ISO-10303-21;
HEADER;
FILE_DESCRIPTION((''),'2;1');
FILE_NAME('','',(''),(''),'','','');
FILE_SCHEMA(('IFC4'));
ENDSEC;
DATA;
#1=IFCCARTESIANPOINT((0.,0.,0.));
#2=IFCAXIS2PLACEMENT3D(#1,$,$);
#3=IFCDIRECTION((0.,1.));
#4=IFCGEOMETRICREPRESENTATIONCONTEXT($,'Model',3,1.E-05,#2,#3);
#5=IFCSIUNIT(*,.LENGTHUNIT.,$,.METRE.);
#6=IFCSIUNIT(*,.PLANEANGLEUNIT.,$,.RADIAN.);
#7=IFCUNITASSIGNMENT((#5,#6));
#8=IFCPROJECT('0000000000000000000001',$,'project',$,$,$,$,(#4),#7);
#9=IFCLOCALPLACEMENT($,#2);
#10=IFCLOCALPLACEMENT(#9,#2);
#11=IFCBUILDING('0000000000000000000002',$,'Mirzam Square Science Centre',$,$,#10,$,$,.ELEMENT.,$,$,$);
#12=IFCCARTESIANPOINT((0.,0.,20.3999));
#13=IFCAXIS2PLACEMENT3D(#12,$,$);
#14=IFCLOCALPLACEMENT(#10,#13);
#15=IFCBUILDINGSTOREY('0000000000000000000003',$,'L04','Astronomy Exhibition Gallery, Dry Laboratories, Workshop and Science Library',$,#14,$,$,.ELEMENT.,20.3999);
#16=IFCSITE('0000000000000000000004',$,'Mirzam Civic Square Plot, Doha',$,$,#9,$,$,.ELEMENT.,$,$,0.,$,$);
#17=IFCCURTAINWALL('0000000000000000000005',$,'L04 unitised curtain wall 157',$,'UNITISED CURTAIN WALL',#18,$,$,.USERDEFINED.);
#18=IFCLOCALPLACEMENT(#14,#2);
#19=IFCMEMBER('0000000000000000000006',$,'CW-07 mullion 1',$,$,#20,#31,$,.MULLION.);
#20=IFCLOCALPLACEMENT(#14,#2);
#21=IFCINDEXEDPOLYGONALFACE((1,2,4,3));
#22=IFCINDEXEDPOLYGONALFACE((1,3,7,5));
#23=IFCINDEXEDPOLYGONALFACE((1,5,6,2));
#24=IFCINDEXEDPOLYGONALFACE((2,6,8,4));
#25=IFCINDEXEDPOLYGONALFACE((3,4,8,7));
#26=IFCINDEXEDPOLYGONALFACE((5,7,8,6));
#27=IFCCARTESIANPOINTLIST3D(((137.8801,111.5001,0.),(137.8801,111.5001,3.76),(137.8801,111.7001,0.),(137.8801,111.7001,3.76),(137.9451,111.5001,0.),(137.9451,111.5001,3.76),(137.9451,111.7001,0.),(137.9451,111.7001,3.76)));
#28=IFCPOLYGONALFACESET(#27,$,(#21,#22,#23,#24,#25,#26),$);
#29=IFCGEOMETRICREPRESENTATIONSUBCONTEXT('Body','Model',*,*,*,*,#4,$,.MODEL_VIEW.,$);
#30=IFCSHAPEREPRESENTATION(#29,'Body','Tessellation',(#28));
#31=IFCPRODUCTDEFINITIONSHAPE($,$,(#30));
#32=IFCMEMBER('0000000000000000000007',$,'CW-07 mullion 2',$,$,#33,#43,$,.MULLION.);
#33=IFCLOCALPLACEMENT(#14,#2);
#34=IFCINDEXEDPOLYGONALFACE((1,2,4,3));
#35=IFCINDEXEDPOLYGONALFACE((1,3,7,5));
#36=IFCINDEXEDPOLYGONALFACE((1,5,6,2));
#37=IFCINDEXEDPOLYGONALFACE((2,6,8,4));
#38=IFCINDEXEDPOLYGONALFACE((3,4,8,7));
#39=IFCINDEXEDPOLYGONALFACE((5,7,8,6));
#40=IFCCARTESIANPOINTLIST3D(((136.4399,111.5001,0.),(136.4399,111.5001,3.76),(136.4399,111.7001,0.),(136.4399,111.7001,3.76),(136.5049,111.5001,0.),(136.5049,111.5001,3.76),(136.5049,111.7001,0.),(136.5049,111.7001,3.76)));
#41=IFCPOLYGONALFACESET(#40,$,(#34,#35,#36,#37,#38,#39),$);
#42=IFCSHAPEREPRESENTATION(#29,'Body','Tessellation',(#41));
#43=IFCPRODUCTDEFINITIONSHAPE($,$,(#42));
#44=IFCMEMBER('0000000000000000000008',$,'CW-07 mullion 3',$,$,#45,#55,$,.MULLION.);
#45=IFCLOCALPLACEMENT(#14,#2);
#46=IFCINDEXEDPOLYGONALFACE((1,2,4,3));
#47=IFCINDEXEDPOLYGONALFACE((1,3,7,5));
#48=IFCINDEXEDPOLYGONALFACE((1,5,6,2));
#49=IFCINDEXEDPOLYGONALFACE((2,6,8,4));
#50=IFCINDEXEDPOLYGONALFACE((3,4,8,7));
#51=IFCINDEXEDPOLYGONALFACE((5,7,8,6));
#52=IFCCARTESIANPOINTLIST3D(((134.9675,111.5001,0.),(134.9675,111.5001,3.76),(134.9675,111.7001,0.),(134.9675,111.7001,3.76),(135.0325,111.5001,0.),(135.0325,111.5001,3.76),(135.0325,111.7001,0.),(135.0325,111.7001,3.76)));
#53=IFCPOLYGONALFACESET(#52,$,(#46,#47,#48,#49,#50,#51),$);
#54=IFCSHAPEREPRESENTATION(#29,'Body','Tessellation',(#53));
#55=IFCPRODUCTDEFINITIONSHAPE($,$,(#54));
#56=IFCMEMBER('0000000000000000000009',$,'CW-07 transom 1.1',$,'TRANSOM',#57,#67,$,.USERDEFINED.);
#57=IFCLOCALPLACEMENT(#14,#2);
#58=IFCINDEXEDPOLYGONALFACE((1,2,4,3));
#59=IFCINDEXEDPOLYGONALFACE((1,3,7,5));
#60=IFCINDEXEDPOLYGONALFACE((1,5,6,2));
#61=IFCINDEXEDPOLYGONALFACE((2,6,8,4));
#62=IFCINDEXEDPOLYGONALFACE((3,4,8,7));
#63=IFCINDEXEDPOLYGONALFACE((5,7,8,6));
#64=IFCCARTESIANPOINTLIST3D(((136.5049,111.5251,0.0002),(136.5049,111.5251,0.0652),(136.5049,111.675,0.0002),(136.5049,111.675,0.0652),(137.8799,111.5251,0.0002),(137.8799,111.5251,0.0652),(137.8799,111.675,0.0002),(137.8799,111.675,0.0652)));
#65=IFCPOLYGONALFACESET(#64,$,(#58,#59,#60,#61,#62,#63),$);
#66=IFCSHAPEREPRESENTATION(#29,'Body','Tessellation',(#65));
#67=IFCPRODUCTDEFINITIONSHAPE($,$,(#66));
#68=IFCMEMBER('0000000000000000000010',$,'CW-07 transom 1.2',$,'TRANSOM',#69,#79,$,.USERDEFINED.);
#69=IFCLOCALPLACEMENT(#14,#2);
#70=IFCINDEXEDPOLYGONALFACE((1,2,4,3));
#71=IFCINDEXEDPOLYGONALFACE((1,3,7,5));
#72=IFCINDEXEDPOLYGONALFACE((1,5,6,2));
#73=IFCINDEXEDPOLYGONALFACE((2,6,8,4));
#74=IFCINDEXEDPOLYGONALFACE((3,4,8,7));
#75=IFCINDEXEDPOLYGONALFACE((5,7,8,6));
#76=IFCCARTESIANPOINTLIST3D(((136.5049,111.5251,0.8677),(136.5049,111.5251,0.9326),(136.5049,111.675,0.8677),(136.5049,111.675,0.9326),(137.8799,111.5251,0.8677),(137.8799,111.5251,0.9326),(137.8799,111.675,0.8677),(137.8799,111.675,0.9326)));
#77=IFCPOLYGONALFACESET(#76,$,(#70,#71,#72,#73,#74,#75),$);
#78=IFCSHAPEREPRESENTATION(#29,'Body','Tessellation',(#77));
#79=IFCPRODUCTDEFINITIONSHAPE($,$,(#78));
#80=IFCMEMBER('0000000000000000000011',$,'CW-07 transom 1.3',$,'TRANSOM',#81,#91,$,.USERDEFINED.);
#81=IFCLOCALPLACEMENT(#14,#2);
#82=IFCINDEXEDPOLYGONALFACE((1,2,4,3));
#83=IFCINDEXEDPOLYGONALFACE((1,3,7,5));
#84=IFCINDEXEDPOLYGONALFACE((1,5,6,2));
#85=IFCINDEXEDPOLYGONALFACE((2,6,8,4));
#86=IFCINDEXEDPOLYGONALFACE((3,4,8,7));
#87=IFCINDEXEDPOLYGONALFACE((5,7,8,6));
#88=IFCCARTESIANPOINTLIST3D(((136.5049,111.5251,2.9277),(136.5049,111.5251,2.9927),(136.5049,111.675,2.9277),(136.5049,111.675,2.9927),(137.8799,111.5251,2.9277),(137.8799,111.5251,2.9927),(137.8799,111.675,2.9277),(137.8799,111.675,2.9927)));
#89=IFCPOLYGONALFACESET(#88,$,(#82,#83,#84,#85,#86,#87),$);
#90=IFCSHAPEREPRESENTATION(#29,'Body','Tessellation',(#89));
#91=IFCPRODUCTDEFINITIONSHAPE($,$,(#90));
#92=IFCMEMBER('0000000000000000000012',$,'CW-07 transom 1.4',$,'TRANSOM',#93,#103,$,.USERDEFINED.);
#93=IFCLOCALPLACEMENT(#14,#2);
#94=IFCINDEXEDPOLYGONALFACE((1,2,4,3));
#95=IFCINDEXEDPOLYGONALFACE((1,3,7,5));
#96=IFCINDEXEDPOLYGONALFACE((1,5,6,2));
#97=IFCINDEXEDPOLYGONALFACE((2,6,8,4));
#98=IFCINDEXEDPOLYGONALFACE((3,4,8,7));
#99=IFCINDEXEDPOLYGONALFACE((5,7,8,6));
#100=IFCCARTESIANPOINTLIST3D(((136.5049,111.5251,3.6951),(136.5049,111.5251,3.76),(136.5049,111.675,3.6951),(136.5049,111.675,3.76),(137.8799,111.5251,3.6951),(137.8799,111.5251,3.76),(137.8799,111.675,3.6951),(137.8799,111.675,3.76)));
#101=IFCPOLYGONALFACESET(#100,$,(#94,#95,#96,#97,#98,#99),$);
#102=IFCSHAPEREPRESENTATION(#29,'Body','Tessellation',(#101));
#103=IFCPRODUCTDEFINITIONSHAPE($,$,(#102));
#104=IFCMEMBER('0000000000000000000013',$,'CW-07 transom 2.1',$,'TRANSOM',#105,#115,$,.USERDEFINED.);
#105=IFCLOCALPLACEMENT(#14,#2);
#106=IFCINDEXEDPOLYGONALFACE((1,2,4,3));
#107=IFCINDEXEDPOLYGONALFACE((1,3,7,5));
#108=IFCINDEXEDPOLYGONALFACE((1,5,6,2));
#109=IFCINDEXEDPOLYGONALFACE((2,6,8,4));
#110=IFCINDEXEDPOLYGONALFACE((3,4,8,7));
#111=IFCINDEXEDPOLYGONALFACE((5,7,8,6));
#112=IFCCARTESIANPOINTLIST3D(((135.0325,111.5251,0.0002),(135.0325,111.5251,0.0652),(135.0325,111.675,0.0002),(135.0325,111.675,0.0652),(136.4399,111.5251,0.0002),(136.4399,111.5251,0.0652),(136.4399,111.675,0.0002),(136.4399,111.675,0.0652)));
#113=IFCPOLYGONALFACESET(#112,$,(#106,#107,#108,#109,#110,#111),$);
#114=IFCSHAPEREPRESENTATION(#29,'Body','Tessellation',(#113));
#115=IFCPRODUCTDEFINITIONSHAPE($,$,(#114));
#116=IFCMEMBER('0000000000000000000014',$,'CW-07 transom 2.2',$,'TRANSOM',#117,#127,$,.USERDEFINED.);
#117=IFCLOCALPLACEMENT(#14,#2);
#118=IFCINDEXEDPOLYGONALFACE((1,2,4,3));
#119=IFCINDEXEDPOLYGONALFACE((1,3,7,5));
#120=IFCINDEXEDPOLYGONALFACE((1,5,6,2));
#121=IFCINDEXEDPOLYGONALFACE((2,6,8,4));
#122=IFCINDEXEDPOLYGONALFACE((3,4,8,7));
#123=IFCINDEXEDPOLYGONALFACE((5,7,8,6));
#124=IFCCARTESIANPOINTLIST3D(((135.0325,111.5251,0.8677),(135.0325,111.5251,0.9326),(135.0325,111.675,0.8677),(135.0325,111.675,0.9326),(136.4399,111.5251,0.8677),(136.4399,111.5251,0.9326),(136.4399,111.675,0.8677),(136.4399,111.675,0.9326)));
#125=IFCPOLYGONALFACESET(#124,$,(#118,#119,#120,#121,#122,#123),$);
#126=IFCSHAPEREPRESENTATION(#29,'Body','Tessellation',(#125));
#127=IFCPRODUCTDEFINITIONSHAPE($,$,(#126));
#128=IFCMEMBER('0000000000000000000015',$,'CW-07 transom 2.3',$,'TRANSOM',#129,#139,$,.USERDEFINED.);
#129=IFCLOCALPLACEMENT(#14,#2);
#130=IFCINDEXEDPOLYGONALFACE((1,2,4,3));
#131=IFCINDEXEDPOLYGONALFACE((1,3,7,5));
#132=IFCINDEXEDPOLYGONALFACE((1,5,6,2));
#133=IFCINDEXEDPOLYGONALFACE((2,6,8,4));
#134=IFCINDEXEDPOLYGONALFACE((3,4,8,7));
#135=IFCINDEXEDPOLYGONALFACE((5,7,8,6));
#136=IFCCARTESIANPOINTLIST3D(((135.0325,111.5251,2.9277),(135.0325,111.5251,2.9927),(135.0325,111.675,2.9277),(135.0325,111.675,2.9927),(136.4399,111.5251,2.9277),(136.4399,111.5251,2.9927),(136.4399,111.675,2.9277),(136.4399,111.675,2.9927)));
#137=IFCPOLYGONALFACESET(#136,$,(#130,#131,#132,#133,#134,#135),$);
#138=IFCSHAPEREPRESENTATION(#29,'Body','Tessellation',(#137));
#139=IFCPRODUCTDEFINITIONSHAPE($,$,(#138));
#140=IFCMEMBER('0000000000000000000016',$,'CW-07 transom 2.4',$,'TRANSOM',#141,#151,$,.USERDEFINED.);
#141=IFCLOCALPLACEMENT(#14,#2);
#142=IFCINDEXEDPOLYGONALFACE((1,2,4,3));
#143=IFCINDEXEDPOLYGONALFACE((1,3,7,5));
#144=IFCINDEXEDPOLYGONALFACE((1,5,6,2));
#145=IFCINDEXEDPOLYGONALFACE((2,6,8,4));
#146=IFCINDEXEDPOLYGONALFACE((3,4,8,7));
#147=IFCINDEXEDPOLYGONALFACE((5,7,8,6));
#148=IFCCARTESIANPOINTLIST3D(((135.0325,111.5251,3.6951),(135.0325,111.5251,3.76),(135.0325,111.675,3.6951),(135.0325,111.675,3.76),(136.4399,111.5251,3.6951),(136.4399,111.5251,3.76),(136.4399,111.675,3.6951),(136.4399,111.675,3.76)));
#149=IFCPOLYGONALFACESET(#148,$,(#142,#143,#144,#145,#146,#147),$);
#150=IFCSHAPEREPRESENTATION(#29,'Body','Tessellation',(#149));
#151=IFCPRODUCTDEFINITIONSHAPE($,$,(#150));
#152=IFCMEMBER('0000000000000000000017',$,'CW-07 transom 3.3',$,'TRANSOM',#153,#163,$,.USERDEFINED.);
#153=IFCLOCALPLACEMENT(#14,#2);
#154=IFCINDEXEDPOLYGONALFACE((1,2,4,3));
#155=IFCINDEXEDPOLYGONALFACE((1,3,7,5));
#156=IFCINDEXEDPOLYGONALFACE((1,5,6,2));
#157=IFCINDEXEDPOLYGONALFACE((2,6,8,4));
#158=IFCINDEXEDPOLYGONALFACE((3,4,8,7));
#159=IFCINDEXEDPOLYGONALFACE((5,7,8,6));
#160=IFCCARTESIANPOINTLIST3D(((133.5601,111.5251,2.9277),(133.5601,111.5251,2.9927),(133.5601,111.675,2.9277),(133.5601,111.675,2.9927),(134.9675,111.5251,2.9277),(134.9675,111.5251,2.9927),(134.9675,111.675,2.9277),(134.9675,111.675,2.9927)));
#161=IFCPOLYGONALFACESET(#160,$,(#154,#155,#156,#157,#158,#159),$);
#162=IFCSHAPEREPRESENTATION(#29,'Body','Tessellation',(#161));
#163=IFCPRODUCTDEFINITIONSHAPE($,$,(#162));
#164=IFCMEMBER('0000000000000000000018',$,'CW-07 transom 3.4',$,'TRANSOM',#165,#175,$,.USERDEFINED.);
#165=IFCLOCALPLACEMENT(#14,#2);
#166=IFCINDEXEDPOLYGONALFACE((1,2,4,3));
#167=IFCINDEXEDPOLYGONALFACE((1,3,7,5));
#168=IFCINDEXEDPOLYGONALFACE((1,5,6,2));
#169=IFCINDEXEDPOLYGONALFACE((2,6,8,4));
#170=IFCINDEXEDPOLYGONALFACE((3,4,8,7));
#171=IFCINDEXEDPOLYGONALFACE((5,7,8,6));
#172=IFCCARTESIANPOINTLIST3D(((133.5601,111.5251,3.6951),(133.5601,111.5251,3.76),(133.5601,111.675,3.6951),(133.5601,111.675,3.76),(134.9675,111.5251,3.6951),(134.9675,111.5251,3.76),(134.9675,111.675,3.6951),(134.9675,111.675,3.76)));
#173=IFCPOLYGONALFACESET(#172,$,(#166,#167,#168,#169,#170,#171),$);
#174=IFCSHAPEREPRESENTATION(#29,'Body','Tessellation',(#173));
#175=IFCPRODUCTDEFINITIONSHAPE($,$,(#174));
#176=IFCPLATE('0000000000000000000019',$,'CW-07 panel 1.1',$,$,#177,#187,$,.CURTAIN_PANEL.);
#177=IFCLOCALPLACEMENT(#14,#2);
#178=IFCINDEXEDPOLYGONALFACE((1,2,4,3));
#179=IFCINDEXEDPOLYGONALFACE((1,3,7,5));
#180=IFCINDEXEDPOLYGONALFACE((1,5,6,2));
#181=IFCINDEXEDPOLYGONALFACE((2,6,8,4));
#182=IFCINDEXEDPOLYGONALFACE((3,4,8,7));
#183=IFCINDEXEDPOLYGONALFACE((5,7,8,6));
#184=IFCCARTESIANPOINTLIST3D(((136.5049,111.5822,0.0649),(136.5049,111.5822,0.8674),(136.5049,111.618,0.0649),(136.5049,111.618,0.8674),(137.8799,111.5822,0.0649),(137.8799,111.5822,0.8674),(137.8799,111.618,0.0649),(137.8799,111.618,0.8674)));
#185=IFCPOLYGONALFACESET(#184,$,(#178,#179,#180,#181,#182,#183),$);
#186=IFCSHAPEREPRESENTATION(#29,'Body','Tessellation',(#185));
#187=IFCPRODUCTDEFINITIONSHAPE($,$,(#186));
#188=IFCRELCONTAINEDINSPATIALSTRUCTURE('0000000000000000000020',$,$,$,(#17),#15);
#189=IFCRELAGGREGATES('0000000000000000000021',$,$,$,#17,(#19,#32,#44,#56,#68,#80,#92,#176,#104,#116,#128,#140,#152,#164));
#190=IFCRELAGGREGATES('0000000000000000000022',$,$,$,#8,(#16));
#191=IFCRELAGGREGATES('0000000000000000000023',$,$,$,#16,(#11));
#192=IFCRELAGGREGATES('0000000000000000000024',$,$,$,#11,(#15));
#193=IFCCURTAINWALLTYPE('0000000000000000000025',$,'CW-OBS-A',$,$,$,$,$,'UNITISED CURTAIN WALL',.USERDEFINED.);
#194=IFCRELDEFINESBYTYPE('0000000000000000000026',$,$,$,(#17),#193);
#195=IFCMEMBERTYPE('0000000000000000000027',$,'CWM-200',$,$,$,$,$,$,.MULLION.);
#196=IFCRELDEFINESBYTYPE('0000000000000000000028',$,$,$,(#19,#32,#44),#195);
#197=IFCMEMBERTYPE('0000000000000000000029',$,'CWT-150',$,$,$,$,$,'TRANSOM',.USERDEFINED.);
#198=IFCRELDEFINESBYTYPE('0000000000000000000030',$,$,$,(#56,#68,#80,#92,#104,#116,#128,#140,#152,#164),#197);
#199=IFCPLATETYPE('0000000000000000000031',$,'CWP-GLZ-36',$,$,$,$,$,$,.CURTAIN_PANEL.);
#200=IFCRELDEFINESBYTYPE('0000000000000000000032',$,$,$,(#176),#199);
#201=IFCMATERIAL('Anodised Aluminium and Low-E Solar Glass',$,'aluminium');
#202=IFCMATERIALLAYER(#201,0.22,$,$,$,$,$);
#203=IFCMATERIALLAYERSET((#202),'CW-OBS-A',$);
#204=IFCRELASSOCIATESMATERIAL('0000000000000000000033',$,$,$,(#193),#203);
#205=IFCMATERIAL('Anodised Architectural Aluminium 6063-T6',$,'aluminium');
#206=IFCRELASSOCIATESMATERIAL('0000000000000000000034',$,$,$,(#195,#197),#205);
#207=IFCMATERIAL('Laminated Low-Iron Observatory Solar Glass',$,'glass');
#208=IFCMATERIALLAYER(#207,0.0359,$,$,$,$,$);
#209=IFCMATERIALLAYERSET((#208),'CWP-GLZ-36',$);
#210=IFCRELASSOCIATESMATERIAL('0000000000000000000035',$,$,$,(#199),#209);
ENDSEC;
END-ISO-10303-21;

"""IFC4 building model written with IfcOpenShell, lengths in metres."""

from ifc_helpers import new_model, si_unit, direction, frame, origin, origin_2d, place, context, subcontext, project, spatial, rectangle, extrude, material, layer, layer_set, material_profile, profile_set, type_object, element, aggregate, save


model = new_model("IFC4")

# Units and contexts
model_context = context("Model", 3, precision=1e-05, world=origin(), true_north=direction((0.0, 1.0)))
body_context = subcontext(model_context, "Body", "Model", "MODEL_VIEW")
ifc_project = project(units=[si_unit("LENGTHUNIT", "METRE"), si_unit("PLANEANGLEUNIT", "RADIAN")], contexts=[model_context])

# Site, building, storey
site_placement = place(None, origin())
site = spatial("IfcSite", under=ifc_project, at=site_placement, Name="Mirzam Civic Square Plot, Doha", CompositionType="ELEMENT", RefElevation=0.0)
building_placement = place(site_placement, origin())
building = spatial("IfcBuilding", under=site, at=building_placement, Name="Mirzam Square Science Centre", CompositionType="ELEMENT")
storey_placement = place(building_placement, frame((0.0, 0.0, 20.3999)))
storey = spatial("IfcBuildingStorey", under=building, at=storey_placement, Name="L04", Description="Astronomy Exhibition Gallery, Dry Laboratories, Workshop and Science Library", CompositionType="ELEMENT", Elevation=20.3999)

# Curtain wall, members, plate
ifc_material_1 = material(Name="Anodised Aluminium and Low-E Solar Glass", Category="aluminium")
ifc_layer_1 = layer(ifc_material_1, 0.22)
ifc_layer_set_1 = layer_set([ifc_layer_1], Name="CW-OBS-A")
curtain_wall_type = type_object("IfcCurtainWallType", Name="CW-OBS-A", ElementType="UNITISED CURTAIN WALL", PredefinedType="USERDEFINED", material=ifc_layer_set_1)
curtain_wall_placement = place(storey_placement, origin())
curtain_wall = element("IfcCurtainWall", 1, at=curtain_wall_placement, inside=storey, type_object=curtain_wall_type, Name="L04 unitised curtain wall 157", ObjectType="UNITISED CURTAIN WALL", PredefinedType="USERDEFINED")
ifc_material_2 = material(Name="Anodised Architectural Aluminium 6063-T6", Category="aluminium")
ifc_material_profile_1 = material_profile(ifc_material_2, rectangle(XDim=0.0649, YDim=0.2, at=origin_2d()), Name="ALU-MULL-200x65x5")
ifc_profile_set_1 = profile_set([ifc_material_profile_1], Name="Anodised Architectural Aluminium 6063-T6")
member_type_1 = type_object("IfcMemberType", Name="CWM-200", PredefinedType="MULLION", material=ifc_profile_set_1)
member_1_placement = place(storey_placement, frame((137.9126, 111.6001, 0.0), z_axis=(0.0, 0.0, 1.0), x_axis=(-1.0, 0.0, 0.0)))
member_1 = element("IfcMember", 2, at=member_1_placement, type_object=member_type_1, Name="CW-07 mullion 1", PredefinedType="MULLION", context=body_context, shape_type="SweptSolid", body=[
    extrude(rectangle(XDim=0.0649, YDim=0.2, at=origin_2d()), origin(), (0.0, 0.0, 1.0), 3.76),
])
member_2_placement = place(storey_placement, frame((136.4724, 111.6001, 0.0), z_axis=(0.0, 0.0, 1.0), x_axis=(-1.0, 0.0, 0.0)))
member_2 = element("IfcMember", 3, at=member_2_placement, type_object=member_type_1, Name="CW-07 mullion 2", PredefinedType="MULLION", context=body_context, shape_type="SweptSolid", body=[
    extrude(rectangle(XDim=0.0649, YDim=0.2, at=origin_2d()), origin(), (0.0, 0.0, 1.0), 3.76),
])
member_3_placement = place(storey_placement, frame((135.0, 111.6001, 0.0), z_axis=(0.0, 0.0, 1.0), x_axis=(-1.0, 0.0, 0.0)))
member_3 = element("IfcMember", 4, at=member_3_placement, type_object=member_type_1, Name="CW-07 mullion 3", PredefinedType="MULLION", context=body_context, shape_type="SweptSolid", body=[
    extrude(rectangle(XDim=0.0649, YDim=0.2, at=origin_2d()), origin(), (0.0, 0.0, 1.0), 3.76),
])
ifc_material_profile_2 = material_profile(ifc_material_2, rectangle(XDim=0.1499, YDim=0.0649, at=origin_2d()), Name="ALU-TRAN-150x65x4")
ifc_profile_set_2 = profile_set([ifc_material_profile_2], Name="Anodised Architectural Aluminium 6063-T6")
member_type_2 = type_object("IfcMemberType", Name="CWT-150", ElementType="TRANSOM", PredefinedType="USERDEFINED", material=ifc_profile_set_2)
member_4_placement = place(storey_placement, frame((137.8799, 111.6001, 0.0327), z_axis=(-1.0, 0.0, 0.0), x_axis=(0.0, -1.0, 0.0)))
member_4 = element("IfcMember", 5, at=member_4_placement, type_object=member_type_2, Name="CW-07 transom 1.1", ObjectType="TRANSOM", PredefinedType="USERDEFINED", context=body_context, shape_type="SweptSolid", body=[
    extrude(rectangle(XDim=0.1499, YDim=0.0649, at=origin_2d()), origin(), (0.0, 0.0, 1.0), 1.375),
])
member_5_placement = place(storey_placement, frame((137.8799, 111.6001, 0.9001), z_axis=(-1.0, 0.0, 0.0), x_axis=(0.0, -1.0, 0.0)))
member_5 = element("IfcMember", 6, at=member_5_placement, type_object=member_type_2, Name="CW-07 transom 1.2", ObjectType="TRANSOM", PredefinedType="USERDEFINED", context=body_context, shape_type="SweptSolid", body=[
    extrude(rectangle(XDim=0.1499, YDim=0.0649, at=origin_2d()), origin(), (0.0, 0.0, 1.0), 1.375),
])
member_6_placement = place(storey_placement, frame((137.8799, 111.6001, 2.9602), z_axis=(-1.0, 0.0, 0.0), x_axis=(0.0, -1.0, 0.0)))
member_6 = element("IfcMember", 7, at=member_6_placement, type_object=member_type_2, Name="CW-07 transom 1.3", ObjectType="TRANSOM", PredefinedType="USERDEFINED", context=body_context, shape_type="SweptSolid", body=[
    extrude(rectangle(XDim=0.1499, YDim=0.0649, at=origin_2d()), origin(), (0.0, 0.0, 1.0), 1.375),
])
member_7_placement = place(storey_placement, frame((137.8799, 111.6001, 3.7275), z_axis=(-1.0, 0.0, 0.0), x_axis=(0.0, -1.0, 0.0)))
member_7 = element("IfcMember", 8, at=member_7_placement, type_object=member_type_2, Name="CW-07 transom 1.4", ObjectType="TRANSOM", PredefinedType="USERDEFINED", context=body_context, shape_type="SweptSolid", body=[
    extrude(rectangle(XDim=0.1499, YDim=0.0649, at=origin_2d()), origin(), (0.0, 0.0, 1.0), 1.375),
])
member_8_placement = place(storey_placement, frame((136.4399, 111.6001, 0.0327), z_axis=(-1.0, 0.0, 0.0), x_axis=(0.0, -1.0, 0.0)))
member_8 = element("IfcMember", 9, at=member_8_placement, type_object=member_type_2, Name="CW-07 transom 2.1", ObjectType="TRANSOM", PredefinedType="USERDEFINED", context=body_context, shape_type="SweptSolid", body=[
    extrude(rectangle(XDim=0.1499, YDim=0.0649, at=origin_2d()), origin(), (0.0, 0.0, 1.0), 1.4075),
])
member_9_placement = place(storey_placement, frame((136.4399, 111.6001, 0.9001), z_axis=(-1.0, 0.0, 0.0), x_axis=(0.0, -1.0, 0.0)))
member_9 = element("IfcMember", 10, at=member_9_placement, type_object=member_type_2, Name="CW-07 transom 2.2", ObjectType="TRANSOM", PredefinedType="USERDEFINED", context=body_context, shape_type="SweptSolid", body=[
    extrude(rectangle(XDim=0.1499, YDim=0.0649, at=origin_2d()), origin(), (0.0, 0.0, 1.0), 1.4075),
])
member_10_placement = place(storey_placement, frame((136.4399, 111.6001, 2.9602), z_axis=(-1.0, 0.0, 0.0), x_axis=(0.0, -1.0, 0.0)))
member_10 = element("IfcMember", 11, at=member_10_placement, type_object=member_type_2, Name="CW-07 transom 2.3", ObjectType="TRANSOM", PredefinedType="USERDEFINED", context=body_context, shape_type="SweptSolid", body=[
    extrude(rectangle(XDim=0.1499, YDim=0.0649, at=origin_2d()), origin(), (0.0, 0.0, 1.0), 1.4075),
])
member_11_placement = place(storey_placement, frame((136.4399, 111.6001, 3.7275), z_axis=(-1.0, 0.0, 0.0), x_axis=(0.0, -1.0, 0.0)))
member_11 = element("IfcMember", 12, at=member_11_placement, type_object=member_type_2, Name="CW-07 transom 2.4", ObjectType="TRANSOM", PredefinedType="USERDEFINED", context=body_context, shape_type="SweptSolid", body=[
    extrude(rectangle(XDim=0.1499, YDim=0.0649, at=origin_2d()), origin(), (0.0, 0.0, 1.0), 1.4075),
])
member_12_placement = place(storey_placement, frame((134.9675, 111.6001, 2.9602), z_axis=(-1.0, 0.0, 0.0), x_axis=(0.0, -1.0, 0.0)))
member_12 = element("IfcMember", 13, at=member_12_placement, type_object=member_type_2, Name="CW-07 transom 3.3", ObjectType="TRANSOM", PredefinedType="USERDEFINED", context=body_context, shape_type="SweptSolid", body=[
    extrude(rectangle(XDim=0.1499, YDim=0.0649, at=origin_2d()), origin(), (0.0, 0.0, 1.0), 1.4075),
])
member_13_placement = place(storey_placement, frame((134.9675, 111.6001, 3.7275), z_axis=(-1.0, 0.0, 0.0), x_axis=(0.0, -1.0, 0.0)))
member_13 = element("IfcMember", 14, at=member_13_placement, type_object=member_type_2, Name="CW-07 transom 3.4", ObjectType="TRANSOM", PredefinedType="USERDEFINED", context=body_context, shape_type="SweptSolid", body=[
    extrude(rectangle(XDim=0.1499, YDim=0.0649, at=origin_2d()), origin(), (0.0, 0.0, 1.0), 1.4075),
])
ifc_material_3 = material(Name="Laminated Low-Iron Observatory Solar Glass", Category="glass")
ifc_layer_2 = layer(ifc_material_3, 0.0359)
ifc_layer_set_2 = layer_set([ifc_layer_2], Name="CWP-GLZ-36")
plate_type = type_object("IfcPlateType", Name="CWP-GLZ-36", PredefinedType="CURTAIN_PANEL", material=ifc_layer_set_2)
plate_1_placement = place(storey_placement, frame((137.1924, 111.6001, 0.0649), z_axis=(0.0, 0.0, 1.0), x_axis=(-1.0, 0.0, 0.0)))
plate_1 = element("IfcPlate", 15, at=plate_1_placement, type_object=plate_type, Name="CW-07 panel 1.1", PredefinedType="CURTAIN_PANEL", context=body_context, shape_type="SweptSolid", body=[
    extrude(rectangle(XDim=1.375, YDim=0.0359, at=origin_2d()), origin(), (0.0, 0.0, 1.0), 0.8025),
])
aggregate(curtain_wall, [member_1, member_2, member_3, member_4, member_5, member_6, member_7, plate_1, member_8, member_9, member_10, member_11, member_12, member_13])

save(model, "model.ifc")
